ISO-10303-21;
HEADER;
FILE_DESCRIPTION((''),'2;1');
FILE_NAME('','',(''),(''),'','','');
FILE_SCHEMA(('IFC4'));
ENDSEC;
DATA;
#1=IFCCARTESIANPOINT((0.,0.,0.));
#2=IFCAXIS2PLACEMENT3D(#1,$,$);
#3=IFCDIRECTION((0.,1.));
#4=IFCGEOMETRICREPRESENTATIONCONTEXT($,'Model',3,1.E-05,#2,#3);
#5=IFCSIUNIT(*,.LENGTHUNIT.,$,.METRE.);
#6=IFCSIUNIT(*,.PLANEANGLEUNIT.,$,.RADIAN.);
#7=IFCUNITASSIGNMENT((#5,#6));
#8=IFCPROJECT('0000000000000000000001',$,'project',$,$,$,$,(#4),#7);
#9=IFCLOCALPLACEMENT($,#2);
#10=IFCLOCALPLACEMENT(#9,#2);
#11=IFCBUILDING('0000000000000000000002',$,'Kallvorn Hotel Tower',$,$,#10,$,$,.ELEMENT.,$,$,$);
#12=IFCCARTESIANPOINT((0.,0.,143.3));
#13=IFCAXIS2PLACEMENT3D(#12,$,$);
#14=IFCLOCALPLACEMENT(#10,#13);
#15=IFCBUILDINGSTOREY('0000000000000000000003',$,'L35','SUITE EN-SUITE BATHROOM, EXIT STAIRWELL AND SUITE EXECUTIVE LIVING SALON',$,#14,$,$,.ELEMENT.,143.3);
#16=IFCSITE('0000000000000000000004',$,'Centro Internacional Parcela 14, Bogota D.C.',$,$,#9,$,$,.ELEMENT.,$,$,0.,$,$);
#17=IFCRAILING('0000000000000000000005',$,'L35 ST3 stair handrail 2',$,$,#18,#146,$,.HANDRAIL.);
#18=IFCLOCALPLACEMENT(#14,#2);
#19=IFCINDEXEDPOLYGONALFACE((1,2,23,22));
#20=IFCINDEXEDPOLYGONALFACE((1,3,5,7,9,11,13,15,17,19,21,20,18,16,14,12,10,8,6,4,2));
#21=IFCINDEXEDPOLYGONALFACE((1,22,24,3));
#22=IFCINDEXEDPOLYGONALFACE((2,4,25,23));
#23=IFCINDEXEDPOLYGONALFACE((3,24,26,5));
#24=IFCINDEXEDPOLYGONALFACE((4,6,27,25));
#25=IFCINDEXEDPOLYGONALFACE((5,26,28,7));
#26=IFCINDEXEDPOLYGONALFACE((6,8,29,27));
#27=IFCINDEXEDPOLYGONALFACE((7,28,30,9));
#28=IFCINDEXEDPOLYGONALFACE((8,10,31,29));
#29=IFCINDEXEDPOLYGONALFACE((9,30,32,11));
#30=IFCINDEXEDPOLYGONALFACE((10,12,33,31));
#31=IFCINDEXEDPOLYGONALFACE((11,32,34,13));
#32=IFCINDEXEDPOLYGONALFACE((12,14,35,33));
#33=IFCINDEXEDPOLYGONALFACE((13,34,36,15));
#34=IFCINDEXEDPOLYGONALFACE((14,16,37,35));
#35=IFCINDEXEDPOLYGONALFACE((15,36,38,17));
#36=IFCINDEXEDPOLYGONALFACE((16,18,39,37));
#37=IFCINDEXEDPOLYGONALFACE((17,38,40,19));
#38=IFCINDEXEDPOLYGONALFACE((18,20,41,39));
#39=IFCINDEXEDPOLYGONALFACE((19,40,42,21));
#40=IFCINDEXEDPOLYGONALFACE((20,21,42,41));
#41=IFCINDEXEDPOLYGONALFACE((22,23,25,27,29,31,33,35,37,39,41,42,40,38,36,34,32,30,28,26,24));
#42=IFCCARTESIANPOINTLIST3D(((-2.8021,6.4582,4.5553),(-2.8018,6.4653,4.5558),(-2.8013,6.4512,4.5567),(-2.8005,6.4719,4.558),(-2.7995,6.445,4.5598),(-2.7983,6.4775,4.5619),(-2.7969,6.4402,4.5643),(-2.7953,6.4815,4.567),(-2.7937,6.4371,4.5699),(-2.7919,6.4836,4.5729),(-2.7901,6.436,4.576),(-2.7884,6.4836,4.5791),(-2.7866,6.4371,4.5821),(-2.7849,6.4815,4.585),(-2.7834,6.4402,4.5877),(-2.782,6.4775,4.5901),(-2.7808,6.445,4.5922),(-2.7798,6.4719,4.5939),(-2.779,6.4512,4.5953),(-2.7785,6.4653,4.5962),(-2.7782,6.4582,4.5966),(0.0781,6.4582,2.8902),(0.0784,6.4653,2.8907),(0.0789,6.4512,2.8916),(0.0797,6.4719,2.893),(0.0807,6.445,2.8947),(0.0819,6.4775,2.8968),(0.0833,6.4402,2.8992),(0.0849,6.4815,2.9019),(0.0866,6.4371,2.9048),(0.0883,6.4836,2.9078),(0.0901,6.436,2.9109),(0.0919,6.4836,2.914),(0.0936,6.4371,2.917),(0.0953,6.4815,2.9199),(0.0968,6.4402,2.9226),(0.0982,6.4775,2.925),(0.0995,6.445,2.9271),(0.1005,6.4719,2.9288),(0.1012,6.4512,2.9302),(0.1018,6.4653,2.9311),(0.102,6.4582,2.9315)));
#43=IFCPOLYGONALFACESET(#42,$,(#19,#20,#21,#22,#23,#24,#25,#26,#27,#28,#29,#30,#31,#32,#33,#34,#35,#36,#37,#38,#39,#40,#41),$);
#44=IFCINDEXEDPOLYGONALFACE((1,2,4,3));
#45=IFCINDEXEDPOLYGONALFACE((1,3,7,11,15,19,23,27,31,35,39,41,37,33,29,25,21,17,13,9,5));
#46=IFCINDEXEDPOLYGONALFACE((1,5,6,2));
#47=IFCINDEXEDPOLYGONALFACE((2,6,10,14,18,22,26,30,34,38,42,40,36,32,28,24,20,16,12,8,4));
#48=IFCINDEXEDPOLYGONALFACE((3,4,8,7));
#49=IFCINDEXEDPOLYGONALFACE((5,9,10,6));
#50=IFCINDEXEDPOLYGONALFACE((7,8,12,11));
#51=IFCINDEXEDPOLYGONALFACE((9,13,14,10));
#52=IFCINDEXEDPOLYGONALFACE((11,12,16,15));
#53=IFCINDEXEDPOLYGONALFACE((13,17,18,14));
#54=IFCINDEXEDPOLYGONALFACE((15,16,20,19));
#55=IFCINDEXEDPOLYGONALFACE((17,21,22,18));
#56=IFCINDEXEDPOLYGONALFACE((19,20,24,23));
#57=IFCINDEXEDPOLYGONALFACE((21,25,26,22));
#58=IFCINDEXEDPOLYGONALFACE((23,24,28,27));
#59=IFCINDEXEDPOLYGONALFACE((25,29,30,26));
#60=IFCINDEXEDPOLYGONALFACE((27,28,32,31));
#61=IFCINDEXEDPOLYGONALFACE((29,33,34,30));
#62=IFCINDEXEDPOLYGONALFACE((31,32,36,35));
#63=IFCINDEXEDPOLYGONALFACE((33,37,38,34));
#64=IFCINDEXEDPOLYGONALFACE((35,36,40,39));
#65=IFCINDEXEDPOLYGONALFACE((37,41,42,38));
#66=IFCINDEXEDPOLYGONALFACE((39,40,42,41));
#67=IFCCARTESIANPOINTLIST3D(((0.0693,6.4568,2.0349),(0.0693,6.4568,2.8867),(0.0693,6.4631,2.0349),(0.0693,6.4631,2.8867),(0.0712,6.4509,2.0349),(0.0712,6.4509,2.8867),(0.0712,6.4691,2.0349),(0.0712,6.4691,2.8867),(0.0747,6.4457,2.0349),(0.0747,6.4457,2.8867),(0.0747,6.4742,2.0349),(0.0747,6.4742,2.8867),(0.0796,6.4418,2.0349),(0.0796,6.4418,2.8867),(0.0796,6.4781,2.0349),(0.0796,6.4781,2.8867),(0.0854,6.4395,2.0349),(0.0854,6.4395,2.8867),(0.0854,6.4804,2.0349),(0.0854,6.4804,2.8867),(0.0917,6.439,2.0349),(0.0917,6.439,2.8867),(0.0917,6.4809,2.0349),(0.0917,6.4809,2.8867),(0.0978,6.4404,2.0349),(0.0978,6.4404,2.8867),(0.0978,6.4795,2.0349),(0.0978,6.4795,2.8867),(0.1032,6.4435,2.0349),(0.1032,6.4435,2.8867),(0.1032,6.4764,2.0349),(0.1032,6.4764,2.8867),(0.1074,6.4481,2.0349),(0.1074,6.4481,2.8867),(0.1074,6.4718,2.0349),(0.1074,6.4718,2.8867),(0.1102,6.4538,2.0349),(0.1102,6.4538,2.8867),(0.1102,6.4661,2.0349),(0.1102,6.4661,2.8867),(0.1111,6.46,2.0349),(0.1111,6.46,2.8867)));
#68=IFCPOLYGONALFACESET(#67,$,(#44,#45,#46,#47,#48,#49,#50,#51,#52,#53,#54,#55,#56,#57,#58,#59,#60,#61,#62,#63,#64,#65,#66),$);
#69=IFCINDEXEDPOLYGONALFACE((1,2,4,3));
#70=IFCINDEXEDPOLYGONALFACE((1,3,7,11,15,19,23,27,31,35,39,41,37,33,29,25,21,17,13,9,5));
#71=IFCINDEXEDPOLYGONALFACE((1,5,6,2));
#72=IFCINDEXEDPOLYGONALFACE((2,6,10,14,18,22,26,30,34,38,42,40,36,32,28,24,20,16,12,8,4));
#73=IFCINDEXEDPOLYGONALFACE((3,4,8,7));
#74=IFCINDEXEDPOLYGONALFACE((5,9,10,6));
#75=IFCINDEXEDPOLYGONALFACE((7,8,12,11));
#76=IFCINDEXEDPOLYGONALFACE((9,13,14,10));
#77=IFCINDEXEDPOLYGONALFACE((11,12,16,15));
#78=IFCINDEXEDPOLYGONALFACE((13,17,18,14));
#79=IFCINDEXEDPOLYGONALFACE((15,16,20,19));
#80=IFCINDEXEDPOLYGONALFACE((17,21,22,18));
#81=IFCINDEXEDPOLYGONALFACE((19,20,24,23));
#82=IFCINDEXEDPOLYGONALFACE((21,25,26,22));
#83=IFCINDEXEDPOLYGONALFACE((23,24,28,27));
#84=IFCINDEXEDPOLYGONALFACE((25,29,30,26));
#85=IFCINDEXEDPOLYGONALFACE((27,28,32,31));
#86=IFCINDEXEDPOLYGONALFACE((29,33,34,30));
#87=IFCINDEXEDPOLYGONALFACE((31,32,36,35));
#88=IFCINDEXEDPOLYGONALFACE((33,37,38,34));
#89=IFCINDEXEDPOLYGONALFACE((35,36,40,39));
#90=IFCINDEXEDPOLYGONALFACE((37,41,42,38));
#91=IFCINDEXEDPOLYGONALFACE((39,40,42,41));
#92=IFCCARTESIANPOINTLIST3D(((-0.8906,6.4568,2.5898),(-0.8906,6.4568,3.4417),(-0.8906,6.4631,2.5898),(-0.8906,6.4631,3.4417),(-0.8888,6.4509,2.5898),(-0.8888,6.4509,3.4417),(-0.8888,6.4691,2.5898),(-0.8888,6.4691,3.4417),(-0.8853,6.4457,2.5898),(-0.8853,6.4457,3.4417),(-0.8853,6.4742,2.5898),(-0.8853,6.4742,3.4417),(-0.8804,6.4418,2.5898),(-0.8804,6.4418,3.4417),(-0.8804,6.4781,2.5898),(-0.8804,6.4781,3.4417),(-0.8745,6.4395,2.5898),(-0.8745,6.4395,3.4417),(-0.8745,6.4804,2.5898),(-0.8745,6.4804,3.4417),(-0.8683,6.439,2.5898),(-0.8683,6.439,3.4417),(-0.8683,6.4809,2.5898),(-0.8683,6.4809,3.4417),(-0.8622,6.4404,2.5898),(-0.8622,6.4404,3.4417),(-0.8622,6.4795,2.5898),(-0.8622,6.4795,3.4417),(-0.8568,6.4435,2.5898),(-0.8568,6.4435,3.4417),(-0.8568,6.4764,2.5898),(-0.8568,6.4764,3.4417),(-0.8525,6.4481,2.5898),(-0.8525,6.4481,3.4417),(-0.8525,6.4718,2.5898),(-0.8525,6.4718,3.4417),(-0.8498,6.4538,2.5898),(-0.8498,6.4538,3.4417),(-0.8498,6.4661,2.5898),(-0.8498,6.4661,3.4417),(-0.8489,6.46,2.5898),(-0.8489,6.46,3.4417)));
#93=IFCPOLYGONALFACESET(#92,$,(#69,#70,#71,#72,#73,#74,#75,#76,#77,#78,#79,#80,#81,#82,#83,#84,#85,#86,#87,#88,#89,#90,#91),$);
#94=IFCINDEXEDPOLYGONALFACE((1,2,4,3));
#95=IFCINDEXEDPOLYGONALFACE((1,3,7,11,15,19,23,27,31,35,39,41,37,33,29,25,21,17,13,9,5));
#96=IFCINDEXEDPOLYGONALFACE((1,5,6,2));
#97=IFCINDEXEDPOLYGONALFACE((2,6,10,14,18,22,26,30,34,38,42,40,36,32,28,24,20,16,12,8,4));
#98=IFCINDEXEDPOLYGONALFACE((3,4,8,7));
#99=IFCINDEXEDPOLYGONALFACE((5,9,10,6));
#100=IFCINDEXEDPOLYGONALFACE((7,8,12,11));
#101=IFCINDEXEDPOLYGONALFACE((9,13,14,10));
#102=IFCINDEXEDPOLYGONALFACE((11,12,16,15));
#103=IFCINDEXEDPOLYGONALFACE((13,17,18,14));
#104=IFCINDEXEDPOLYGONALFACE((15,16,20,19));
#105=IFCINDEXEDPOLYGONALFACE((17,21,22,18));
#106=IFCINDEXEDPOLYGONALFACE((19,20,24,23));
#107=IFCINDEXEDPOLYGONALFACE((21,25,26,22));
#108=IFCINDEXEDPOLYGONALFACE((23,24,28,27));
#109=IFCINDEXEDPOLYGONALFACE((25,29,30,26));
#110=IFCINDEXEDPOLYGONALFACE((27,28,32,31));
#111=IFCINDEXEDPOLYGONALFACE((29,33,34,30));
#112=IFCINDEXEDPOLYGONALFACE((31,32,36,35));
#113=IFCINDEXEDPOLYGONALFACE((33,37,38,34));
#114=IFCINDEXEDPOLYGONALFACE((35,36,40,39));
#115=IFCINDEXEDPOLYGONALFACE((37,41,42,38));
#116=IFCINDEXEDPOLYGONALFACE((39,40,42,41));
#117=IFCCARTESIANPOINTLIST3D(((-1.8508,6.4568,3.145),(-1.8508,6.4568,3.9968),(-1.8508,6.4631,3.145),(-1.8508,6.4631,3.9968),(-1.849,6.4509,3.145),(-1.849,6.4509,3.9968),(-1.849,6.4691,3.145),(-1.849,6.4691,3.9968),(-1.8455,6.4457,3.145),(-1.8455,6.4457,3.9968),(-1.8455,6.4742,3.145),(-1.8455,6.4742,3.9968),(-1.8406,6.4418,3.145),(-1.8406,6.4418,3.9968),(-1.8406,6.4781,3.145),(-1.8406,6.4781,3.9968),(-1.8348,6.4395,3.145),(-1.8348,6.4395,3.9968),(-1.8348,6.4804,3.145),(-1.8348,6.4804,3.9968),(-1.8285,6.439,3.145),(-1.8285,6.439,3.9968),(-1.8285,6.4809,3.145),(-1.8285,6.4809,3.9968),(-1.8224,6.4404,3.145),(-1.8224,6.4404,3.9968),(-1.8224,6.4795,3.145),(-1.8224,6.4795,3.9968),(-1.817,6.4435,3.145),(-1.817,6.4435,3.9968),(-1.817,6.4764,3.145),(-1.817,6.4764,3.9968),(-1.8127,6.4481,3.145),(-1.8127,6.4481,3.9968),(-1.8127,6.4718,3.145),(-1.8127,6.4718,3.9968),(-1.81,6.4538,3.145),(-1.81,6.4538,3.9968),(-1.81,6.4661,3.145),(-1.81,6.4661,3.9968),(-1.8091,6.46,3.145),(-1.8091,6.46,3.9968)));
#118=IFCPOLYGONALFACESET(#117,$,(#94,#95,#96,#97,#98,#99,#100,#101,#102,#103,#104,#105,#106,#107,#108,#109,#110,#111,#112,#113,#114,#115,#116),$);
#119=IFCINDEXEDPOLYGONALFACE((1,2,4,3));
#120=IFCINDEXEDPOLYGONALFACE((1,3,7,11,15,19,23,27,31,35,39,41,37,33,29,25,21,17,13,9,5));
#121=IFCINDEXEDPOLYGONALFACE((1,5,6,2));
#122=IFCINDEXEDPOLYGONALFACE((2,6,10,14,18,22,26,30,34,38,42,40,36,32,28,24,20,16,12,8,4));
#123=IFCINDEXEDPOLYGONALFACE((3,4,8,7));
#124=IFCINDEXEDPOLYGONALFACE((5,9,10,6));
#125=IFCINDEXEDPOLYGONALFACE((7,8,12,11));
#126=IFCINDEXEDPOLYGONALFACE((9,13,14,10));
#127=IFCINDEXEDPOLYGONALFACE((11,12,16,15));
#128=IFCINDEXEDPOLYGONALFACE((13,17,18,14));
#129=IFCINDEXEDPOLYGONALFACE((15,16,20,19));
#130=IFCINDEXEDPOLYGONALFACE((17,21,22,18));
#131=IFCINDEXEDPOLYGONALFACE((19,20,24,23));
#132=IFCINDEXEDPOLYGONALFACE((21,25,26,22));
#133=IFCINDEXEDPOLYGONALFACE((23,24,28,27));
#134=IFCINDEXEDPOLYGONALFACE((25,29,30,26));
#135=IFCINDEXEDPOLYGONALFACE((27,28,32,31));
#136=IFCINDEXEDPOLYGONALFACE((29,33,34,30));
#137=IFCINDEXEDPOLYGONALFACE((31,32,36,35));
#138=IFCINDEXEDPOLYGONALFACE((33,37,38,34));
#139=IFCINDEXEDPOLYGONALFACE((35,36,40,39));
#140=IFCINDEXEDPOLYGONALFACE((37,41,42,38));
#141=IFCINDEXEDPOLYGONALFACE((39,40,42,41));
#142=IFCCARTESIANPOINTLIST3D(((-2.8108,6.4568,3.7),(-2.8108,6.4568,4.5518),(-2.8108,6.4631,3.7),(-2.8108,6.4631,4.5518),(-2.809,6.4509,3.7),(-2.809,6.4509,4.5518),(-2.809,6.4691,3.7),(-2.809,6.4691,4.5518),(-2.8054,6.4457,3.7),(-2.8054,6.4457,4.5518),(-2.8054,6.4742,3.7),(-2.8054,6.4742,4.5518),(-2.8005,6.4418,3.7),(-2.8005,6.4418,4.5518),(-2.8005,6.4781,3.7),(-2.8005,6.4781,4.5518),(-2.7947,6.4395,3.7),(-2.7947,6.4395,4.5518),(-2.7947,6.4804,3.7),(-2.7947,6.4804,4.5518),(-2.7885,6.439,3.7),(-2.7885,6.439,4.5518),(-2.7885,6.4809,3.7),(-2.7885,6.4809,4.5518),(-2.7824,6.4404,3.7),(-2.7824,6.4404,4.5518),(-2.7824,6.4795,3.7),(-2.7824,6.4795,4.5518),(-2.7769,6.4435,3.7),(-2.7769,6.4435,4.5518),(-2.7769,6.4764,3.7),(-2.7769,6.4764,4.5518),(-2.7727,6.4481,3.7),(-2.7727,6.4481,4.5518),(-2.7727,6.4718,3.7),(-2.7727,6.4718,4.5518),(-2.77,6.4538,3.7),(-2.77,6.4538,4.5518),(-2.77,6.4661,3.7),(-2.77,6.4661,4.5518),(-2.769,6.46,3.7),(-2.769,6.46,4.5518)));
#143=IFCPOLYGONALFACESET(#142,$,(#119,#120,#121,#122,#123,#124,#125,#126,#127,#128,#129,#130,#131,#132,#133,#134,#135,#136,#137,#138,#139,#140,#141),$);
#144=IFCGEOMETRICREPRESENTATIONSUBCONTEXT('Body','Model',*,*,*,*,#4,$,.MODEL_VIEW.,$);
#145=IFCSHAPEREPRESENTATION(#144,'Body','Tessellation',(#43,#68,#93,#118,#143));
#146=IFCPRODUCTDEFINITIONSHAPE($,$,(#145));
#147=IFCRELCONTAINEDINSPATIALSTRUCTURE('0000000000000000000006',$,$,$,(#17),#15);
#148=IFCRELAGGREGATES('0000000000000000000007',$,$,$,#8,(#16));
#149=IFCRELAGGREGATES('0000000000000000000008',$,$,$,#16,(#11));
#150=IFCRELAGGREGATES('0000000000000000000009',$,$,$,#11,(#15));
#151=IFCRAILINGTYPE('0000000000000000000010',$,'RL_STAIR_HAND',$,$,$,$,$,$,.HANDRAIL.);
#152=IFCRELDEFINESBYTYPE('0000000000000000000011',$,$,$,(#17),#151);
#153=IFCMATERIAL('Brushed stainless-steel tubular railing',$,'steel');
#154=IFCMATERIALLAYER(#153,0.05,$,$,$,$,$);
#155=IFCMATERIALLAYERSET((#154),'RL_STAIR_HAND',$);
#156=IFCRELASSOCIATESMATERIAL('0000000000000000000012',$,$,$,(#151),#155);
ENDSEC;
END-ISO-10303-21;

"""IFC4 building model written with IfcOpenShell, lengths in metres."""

from ifc_helpers import new_model, si_unit, direction, frame, origin, origin_2d, place, context, subcontext, project, spatial, circle, extrude, material, layer, layer_set, type_object, element, save


model = new_model("IFC4")

# Units and contexts
model_context = context("Model", 3, precision=1e-05, world=origin(), true_north=direction((0.0, 1.0)))
body_context = subcontext(model_context, "Body", "Model", "MODEL_VIEW")
ifc_project = project(units=[si_unit("LENGTHUNIT", "METRE"), si_unit("PLANEANGLEUNIT", "RADIAN")], contexts=[model_context])

# Site, building, storey
site_placement = place(None, origin())
site = spatial("IfcSite", under=ifc_project, at=site_placement, Name="Centro Internacional Parcela 14, Bogota D.C.", CompositionType="ELEMENT", RefElevation=0.0)
building_placement = place(site_placement, origin())
building = spatial("IfcBuilding", under=site, at=building_placement, Name="Kallvorn Hotel Tower", CompositionType="ELEMENT")
storey_placement = place(building_placement, frame((0.0, 0.0, 143.3)))
storey = spatial("IfcBuildingStorey", under=building, at=storey_placement, Name="L35", Description="SUITE EN-SUITE BATHROOM, EXIT STAIRWELL AND SUITE EXECUTIVE LIVING SALON", CompositionType="ELEMENT", Elevation=143.3)

# Railing
ifc_material_1 = material(Name="Brushed stainless-steel tubular railing", Category="steel")
ifc_layer_1 = layer(ifc_material_1, 0.05)
ifc_layer_set_1 = layer_set([ifc_layer_1], Name="RL_STAIR_HAND")
railing_type_1 = type_object("IfcRailingType", Name="RL_STAIR_HAND", PredefinedType="HANDRAIL", material=ifc_layer_set_1)
railing_1_placement = place(storey_placement, frame((0.0901, 6.46, 2.0349)))
element("IfcRailing", 1, at=railing_1_placement, inside=storey, type_object=railing_type_1, Name="L35 ST3 stair handrail 2", PredefinedType="HANDRAIL", context=body_context, shape_type="SweptSolid", body=[
    extrude(circle(Radius=0.0239, at=origin_2d()), frame((0.0, 0.0, 0.876), z_axis=(-0.865739, 0.0, 0.500495), x_axis=(0.0, -1.0, 0.0)), (0.0, 0.0, 1.0), 3.3269),
    extrude(circle(Radius=0.021, at=origin_2d()), origin(), (0.0, 0.0, 1.0), 0.8518),
    extrude(circle(Radius=0.021, at=origin_2d()), frame((-0.96, 0.0, 0.5549)), (0.0, 0.0, 1.0), 0.8518),
    extrude(circle(Radius=0.021, at=origin_2d()), frame((-1.9202, 0.0, 1.1101)), (0.0, 0.0, 1.0), 0.8518),
    extrude(circle(Radius=0.021, at=origin_2d()), frame((-2.8801, 0.0, 1.665)), (0.0, 0.0, 1.0), 0.8518),
])

save(model, "model.ifc")
